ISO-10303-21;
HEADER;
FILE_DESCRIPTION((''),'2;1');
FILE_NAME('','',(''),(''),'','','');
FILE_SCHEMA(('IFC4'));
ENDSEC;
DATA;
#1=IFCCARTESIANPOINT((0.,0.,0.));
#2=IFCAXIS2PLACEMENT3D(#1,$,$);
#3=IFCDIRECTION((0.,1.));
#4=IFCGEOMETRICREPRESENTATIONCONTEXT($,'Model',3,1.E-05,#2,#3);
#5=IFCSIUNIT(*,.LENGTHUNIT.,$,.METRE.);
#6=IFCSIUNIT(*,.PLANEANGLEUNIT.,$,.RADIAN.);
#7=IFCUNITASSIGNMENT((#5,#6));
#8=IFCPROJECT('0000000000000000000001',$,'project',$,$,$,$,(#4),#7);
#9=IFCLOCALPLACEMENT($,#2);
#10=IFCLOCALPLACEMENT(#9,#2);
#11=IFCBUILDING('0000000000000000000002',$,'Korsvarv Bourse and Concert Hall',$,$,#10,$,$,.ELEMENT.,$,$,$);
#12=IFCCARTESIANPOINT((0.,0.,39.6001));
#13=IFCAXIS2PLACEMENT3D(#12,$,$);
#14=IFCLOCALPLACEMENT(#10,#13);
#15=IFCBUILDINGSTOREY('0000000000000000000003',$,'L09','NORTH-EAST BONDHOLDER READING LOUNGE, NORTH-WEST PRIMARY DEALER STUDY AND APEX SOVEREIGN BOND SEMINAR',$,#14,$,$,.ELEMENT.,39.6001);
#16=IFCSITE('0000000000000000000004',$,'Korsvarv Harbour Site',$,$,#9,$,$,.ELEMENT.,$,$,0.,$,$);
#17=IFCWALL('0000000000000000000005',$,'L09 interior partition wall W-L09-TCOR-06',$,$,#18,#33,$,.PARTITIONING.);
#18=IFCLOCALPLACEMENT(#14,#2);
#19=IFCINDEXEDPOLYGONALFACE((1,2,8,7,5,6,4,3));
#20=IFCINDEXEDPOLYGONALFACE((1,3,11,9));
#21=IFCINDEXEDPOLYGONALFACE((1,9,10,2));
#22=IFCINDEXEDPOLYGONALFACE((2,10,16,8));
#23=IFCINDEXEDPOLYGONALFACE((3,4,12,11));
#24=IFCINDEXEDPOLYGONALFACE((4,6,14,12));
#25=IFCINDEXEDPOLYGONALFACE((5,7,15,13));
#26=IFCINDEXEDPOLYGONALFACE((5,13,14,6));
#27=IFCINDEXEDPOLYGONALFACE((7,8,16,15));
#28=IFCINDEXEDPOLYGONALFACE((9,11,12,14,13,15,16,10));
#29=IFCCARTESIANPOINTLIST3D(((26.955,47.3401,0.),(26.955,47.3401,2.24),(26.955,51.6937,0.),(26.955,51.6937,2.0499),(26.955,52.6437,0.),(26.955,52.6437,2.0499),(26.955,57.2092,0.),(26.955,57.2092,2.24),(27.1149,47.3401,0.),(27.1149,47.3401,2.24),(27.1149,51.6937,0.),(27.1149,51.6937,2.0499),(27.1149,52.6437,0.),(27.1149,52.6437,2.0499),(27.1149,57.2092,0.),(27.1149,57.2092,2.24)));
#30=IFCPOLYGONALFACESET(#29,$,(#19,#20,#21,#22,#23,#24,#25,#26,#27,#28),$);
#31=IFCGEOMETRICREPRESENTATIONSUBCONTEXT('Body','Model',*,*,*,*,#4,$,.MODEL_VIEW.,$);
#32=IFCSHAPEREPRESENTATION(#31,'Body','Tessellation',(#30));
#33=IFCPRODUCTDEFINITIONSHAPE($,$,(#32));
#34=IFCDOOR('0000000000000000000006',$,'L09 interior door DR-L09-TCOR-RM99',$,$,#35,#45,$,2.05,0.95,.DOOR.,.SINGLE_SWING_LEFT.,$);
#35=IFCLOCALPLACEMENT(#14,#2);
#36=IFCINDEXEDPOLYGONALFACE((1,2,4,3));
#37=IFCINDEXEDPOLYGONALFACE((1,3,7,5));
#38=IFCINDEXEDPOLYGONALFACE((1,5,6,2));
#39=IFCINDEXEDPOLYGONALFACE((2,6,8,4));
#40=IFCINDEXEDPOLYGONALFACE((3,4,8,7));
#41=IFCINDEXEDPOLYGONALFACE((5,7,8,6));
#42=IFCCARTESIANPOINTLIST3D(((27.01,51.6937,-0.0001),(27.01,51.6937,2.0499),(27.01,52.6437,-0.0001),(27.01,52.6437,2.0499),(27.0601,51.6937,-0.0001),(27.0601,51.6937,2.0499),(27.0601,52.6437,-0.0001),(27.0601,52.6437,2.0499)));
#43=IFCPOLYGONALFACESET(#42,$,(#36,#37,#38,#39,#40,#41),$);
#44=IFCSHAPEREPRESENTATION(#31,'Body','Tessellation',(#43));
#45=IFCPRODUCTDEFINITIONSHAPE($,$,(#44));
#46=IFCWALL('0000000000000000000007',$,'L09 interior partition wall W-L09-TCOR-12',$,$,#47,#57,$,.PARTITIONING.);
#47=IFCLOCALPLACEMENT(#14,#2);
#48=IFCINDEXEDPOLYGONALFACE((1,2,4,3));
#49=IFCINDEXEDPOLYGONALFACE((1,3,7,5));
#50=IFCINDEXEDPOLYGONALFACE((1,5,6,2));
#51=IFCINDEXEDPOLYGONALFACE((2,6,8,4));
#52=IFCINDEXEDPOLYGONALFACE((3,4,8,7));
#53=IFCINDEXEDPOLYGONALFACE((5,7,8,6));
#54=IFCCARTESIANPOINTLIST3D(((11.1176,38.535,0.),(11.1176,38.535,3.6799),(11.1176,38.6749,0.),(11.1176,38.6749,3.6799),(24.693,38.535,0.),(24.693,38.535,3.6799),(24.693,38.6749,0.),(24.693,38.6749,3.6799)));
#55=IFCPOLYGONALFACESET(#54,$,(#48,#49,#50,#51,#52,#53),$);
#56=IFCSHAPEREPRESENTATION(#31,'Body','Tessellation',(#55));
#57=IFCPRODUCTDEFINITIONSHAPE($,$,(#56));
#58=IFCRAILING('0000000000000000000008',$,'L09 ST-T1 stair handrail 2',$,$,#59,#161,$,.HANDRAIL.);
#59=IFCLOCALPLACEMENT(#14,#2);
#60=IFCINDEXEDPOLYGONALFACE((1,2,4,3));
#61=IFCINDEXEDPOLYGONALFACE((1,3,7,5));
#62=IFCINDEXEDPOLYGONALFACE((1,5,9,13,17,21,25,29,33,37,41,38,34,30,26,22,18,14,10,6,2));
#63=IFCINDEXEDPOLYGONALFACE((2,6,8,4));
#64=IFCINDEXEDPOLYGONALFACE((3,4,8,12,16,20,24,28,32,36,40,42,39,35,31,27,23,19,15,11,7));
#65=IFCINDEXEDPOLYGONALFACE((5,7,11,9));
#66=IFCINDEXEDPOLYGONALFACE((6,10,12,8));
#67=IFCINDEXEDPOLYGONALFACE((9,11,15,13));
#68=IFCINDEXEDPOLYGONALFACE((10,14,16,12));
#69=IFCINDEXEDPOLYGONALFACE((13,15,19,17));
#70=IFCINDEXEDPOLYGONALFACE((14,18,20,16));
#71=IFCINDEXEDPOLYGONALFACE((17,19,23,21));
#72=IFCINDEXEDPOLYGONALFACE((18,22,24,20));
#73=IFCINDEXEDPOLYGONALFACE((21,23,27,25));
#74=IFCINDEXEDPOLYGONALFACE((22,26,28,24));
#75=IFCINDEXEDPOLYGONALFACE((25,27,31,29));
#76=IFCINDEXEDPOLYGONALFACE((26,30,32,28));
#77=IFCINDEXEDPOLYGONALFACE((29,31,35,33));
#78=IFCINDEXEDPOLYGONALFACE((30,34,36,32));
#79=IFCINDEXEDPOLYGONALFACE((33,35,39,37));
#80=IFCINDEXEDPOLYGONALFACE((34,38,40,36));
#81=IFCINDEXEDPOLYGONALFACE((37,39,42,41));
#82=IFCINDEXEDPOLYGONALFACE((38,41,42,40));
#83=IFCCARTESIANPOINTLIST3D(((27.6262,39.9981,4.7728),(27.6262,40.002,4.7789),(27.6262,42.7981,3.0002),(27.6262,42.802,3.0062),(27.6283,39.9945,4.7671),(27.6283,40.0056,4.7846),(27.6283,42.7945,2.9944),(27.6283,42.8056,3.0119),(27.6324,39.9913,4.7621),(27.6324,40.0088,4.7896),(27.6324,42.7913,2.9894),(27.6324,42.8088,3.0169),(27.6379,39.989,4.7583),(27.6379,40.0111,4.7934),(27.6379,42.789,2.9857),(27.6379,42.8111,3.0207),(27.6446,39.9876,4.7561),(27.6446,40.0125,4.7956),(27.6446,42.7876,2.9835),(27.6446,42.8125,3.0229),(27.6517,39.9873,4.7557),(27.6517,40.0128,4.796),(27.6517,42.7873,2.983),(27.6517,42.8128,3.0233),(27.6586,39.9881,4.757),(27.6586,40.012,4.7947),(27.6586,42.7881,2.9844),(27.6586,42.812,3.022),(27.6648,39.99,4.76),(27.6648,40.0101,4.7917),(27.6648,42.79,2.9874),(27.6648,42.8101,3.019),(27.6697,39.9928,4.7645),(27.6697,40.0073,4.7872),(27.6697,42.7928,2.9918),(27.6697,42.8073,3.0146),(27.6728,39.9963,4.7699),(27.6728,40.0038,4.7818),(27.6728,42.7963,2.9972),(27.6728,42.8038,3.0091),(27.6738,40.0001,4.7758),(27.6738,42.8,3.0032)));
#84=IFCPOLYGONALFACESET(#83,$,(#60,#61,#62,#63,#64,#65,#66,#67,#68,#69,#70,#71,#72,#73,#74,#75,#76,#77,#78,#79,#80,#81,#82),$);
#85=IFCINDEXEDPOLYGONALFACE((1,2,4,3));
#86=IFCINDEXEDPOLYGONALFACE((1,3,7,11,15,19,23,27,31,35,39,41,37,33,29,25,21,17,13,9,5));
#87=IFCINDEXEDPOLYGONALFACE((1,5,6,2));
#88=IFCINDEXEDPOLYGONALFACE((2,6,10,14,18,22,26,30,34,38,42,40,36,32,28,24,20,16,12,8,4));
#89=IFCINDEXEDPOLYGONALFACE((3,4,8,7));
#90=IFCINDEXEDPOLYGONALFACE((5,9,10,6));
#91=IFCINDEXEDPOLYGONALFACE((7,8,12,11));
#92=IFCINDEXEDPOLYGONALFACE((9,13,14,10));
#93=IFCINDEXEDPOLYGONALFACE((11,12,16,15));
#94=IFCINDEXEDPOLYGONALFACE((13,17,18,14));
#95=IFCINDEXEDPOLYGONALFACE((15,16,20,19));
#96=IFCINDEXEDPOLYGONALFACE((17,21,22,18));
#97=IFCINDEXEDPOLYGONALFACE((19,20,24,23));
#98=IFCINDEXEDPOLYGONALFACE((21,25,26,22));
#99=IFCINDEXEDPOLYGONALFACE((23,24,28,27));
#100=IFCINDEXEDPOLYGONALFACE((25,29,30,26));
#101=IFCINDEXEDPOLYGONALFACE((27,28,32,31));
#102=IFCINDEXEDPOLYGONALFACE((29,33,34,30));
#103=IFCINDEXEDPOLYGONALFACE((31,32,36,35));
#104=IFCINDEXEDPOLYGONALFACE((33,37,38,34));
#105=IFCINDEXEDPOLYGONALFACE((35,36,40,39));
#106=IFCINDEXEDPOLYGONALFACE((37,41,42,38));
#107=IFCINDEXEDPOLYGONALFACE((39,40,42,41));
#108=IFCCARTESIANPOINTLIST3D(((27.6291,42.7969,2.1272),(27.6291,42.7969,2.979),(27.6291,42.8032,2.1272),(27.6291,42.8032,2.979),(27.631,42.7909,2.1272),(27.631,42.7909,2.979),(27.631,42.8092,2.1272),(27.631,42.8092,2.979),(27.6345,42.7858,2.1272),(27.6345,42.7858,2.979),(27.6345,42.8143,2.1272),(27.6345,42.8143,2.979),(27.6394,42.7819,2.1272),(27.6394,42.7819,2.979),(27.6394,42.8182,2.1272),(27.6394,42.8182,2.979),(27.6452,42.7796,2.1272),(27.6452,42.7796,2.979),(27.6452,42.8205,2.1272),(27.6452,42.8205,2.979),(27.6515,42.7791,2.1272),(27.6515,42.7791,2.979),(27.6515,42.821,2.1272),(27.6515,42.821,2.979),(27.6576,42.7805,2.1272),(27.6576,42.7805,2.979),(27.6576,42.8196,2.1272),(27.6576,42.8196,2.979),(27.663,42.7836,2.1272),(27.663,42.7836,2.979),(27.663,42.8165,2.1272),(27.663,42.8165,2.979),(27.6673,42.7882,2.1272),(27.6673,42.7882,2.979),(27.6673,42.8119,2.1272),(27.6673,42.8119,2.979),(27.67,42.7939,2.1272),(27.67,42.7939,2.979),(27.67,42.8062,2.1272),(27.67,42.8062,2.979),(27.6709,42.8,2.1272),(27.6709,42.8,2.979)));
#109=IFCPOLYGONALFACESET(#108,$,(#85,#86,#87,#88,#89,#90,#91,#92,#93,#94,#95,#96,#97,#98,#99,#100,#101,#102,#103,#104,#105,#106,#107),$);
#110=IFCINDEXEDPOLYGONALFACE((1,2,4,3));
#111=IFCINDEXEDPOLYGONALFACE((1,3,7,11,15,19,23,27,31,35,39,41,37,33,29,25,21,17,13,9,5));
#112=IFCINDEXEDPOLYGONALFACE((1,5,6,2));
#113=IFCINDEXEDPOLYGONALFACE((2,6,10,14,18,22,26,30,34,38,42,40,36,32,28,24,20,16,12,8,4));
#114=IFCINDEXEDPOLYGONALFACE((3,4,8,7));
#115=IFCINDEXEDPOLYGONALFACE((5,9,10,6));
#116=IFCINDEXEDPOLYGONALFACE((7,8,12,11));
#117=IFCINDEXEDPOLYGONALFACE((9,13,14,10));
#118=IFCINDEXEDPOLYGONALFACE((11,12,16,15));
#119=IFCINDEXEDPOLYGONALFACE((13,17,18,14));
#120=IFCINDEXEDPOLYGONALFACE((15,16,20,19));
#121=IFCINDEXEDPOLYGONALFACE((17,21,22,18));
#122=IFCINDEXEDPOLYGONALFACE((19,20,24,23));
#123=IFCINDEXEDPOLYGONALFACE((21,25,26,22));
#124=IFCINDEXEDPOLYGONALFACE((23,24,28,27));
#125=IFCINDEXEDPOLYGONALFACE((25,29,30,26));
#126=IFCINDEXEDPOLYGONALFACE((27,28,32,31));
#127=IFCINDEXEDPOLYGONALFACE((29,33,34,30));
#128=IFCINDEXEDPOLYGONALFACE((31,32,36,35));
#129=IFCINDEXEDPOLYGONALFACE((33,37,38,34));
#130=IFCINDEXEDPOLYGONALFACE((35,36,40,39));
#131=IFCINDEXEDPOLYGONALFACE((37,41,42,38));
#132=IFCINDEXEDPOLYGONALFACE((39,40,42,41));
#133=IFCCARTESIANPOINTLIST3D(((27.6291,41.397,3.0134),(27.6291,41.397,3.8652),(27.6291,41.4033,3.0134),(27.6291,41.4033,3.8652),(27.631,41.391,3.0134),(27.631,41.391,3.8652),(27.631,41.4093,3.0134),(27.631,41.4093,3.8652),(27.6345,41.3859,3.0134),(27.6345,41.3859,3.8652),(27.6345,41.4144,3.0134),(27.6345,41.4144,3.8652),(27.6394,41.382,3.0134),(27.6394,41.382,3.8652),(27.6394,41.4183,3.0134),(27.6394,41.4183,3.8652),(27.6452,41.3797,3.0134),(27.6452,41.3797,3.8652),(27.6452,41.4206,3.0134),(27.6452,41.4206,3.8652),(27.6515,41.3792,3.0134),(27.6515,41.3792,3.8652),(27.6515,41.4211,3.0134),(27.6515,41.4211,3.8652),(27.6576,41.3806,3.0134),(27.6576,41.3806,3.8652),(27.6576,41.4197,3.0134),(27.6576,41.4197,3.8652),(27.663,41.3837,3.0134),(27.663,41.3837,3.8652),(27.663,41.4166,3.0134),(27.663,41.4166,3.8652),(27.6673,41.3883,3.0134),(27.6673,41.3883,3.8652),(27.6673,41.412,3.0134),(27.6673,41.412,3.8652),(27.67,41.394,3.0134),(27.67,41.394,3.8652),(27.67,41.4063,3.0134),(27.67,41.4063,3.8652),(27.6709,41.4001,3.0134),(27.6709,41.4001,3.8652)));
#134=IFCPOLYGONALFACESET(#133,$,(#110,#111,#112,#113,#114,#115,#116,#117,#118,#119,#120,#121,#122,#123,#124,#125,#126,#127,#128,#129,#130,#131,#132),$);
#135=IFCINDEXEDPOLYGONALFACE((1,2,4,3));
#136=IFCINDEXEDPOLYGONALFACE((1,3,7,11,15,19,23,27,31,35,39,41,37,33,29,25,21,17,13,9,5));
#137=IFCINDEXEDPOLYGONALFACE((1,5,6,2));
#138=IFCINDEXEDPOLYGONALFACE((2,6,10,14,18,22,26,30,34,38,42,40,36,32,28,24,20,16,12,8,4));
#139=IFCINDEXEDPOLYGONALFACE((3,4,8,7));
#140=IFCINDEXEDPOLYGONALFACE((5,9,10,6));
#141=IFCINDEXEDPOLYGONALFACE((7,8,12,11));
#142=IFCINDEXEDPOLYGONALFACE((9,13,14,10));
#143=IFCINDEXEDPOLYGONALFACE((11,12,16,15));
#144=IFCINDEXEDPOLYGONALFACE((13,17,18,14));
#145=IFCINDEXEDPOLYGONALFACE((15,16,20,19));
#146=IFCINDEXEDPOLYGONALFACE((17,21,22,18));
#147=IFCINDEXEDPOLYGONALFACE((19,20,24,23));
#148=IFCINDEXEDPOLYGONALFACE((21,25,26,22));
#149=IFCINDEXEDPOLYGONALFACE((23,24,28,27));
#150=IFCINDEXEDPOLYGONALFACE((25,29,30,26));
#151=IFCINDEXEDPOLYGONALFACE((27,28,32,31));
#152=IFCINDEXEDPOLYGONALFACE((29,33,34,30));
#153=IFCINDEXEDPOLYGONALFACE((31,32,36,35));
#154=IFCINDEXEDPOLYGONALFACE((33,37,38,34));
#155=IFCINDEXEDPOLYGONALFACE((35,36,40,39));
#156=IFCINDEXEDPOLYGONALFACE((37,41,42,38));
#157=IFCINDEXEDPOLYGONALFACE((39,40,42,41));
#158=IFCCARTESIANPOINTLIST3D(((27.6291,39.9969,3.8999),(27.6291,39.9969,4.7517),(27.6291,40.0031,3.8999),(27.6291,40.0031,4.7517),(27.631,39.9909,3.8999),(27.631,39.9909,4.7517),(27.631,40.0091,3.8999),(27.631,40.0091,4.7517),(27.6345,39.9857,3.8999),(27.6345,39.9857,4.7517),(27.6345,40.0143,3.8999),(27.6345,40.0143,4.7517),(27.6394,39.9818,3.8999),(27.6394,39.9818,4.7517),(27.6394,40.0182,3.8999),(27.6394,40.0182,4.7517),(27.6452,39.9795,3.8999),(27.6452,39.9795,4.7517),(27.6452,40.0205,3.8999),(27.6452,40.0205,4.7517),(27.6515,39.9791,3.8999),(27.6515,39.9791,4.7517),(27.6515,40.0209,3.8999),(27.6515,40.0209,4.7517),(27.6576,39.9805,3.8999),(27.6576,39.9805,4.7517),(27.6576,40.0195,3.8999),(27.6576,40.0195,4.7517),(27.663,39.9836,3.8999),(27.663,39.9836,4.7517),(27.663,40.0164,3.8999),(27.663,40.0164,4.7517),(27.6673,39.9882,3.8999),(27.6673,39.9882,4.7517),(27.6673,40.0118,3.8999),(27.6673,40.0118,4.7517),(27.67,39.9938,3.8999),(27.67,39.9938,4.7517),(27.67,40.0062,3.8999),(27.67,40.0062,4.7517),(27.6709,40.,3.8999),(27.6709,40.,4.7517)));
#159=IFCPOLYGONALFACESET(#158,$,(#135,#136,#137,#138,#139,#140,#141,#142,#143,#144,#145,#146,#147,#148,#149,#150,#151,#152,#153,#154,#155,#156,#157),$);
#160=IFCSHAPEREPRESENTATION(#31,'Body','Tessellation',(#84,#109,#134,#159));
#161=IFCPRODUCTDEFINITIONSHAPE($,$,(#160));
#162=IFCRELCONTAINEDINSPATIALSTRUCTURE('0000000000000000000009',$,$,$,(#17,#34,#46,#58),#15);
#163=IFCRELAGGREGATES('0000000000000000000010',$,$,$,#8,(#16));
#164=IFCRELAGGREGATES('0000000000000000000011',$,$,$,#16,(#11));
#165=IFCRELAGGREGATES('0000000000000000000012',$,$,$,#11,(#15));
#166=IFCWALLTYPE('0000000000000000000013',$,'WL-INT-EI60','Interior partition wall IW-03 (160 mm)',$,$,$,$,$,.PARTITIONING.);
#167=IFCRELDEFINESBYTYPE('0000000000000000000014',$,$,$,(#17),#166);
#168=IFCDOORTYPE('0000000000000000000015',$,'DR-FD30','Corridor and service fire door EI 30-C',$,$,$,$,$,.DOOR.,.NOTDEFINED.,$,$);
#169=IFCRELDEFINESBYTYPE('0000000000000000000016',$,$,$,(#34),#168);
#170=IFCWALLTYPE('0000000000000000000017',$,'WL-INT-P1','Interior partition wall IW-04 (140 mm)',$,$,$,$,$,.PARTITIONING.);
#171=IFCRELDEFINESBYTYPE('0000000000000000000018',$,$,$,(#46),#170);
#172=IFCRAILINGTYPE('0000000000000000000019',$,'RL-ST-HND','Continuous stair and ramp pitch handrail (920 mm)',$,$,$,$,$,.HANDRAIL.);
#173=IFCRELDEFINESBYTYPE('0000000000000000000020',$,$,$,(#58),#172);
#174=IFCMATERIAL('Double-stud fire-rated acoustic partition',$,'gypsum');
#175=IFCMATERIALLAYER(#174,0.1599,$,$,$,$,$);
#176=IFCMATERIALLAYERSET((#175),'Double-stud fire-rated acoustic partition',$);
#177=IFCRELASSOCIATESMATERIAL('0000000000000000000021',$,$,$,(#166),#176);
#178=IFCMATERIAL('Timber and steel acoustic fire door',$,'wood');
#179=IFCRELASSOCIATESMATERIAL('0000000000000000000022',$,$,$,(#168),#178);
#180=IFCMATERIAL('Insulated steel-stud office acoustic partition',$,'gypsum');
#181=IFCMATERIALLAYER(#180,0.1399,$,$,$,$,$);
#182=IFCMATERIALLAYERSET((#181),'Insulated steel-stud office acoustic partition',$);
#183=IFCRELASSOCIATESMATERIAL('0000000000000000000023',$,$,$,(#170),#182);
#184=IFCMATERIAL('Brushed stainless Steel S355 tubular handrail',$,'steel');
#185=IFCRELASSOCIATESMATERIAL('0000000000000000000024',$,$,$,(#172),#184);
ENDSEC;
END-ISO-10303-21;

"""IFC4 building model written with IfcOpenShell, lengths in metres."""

from ifc_helpers import new_model, si_unit, direction, frame, frame_2d, origin, origin_2d, place, context, subcontext, project, spatial, rectangle, circle, extrude, material, layer, layer_set, type_object, element, fill, save


model = new_model("IFC4")

# Units and contexts
model_context = context("Model", 3, precision=1e-05, world=origin(), true_north=direction((0.0, 1.0)))
body_context = subcontext(model_context, "Body", "Model", "MODEL_VIEW")
ifc_project = project(units=[si_unit("LENGTHUNIT", "METRE"), si_unit("PLANEANGLEUNIT", "RADIAN")], contexts=[model_context])

# Site, building, storey
site_placement = place(None, origin())
site = spatial("IfcSite", under=ifc_project, at=site_placement, Name="Korsvarv Harbour Site", CompositionType="ELEMENT", RefElevation=0.0)
building_placement = place(site_placement, origin())
building = spatial("IfcBuilding", under=site, at=building_placement, Name="Korsvarv Bourse and Concert Hall", CompositionType="ELEMENT")
storey_placement = place(building_placement, frame((0.0, 0.0, 39.6001)))
storey = spatial("IfcBuildingStorey", under=building, at=storey_placement, Name="L09", Description="NORTH-EAST BONDHOLDER READING LOUNGE, NORTH-WEST PRIMARY DEALER STUDY AND APEX SOVEREIGN BOND SEMINAR", CompositionType="ELEMENT", Elevation=39.6001)

# Wall, opening, door
ifc_material_1 = material(Name="Double-stud fire-rated acoustic partition", Category="gypsum")
ifc_layer_1 = layer(ifc_material_1, 0.1599)
ifc_layer_set_1 = layer_set([ifc_layer_1], Name="Double-stud fire-rated acoustic partition")
wall_type_1 = type_object("IfcWallType", Name="WL-INT-EI60", Description="Interior partition wall IW-03 (160 mm)", PredefinedType="PARTITIONING", material=ifc_layer_set_1)
wall_1_placement = place(storey_placement, frame((27.0349, 47.3401, 0.0), z_axis=(0.0, 0.0, 1.0), x_axis=(0.0, 1.0, 0.0)))
wall_1 = element("IfcWall", 1, at=wall_1_placement, inside=storey, type_object=wall_type_1, Name="L09 interior partition wall W-L09-TCOR-06", PredefinedType="PARTITIONING", context=body_context, shape_type="SweptSolid", body=[
    extrude(rectangle(XDim=9.8691, YDim=0.1599, at=frame_2d((4.9346, 0.0))), origin(), (0.0, 0.0, 1.0), 2.24),
])
opening_1_placement = place(wall_1_placement, frame((4.3535, 0.0, 0.0)))
opening_1 = element("IfcOpeningElement", 2, at=opening_1_placement, cuts=wall_1, PredefinedType="OPENING", context=body_context, shape_type="SweptSolid", body=[
    extrude(rectangle(XDim=0.95, YDim=2.05, at=frame_2d((0.4751, 1.0249))), frame((0.0, 0.0898, 0.0), z_axis=(0.0, -1.0, 0.0), x_axis=(1.0, 0.0, 0.0)), (0.0, 0.0, 1.0), 0.1799),
])
ifc_material_2 = material(Name="Timber and steel acoustic fire door", Category="wood")
door_type_1 = type_object("IfcDoorType", Name="DR-FD30", Description="Corridor and service fire door EI 30-C", OperationType="NOTDEFINED", PredefinedType="DOOR", material=ifc_material_2)
door_1_placement = place(opening_1_placement, origin())
door_1 = element("IfcDoor", 3, at=door_1_placement, inside=storey, type_object=door_type_1, Name="L09 interior door DR-L09-TCOR-RM99", OperationType="SINGLE_SWING_LEFT", OverallHeight=2.05, OverallWidth=0.95, PredefinedType="DOOR", context=body_context, shape_type="SweptSolid", body=[
    extrude(rectangle(XDim=0.95, YDim=2.05, at=frame_2d((0.4751, 1.0249))), frame((0.0, 0.0249, 0.0), z_axis=(0.0, -1.0, 0.0), x_axis=(1.0, 0.0, 0.0)), (0.0, 0.0, 1.0), 0.05),
])
fill(opening_1, door_1)

# Wall
ifc_material_3 = material(Name="Insulated steel-stud office acoustic partition", Category="gypsum")
ifc_layer_2 = layer(ifc_material_3, 0.1399)
ifc_layer_set_2 = layer_set([ifc_layer_2], Name="Insulated steel-stud office acoustic partition")
wall_type_2 = type_object("IfcWallType", Name="WL-INT-P1", Description="Interior partition wall IW-04 (140 mm)", PredefinedType="PARTITIONING", material=ifc_layer_set_2)
wall_2_placement = place(storey_placement, frame((11.1177, 38.605, 0.0), z_axis=(0.0, 0.0, 1.0), x_axis=(1.0, 0.0, 0.0)))
element("IfcWall", 4, at=wall_2_placement, inside=storey, type_object=wall_type_2, Name="L09 interior partition wall W-L09-TCOR-12", PredefinedType="PARTITIONING", context=body_context, shape_type="SweptSolid", body=[
    extrude(rectangle(XDim=13.5754, YDim=0.1399, at=frame_2d((6.7876, 0.0))), origin(), (0.0, 0.0, 1.0), 3.6799),
])

# Railing
ifc_material_4 = material(Name="Brushed stainless Steel S355 tubular handrail", Category="steel")
railing_type = type_object("IfcRailingType", Name="RL-ST-HND", Description="Continuous stair and ramp pitch handrail (920 mm)", PredefinedType="HANDRAIL", material=ifc_material_4)
railing_placement = place(storey_placement, frame((27.6499, 42.8, 2.1272)))
element("IfcRailing", 5, at=railing_placement, inside=storey, type_object=railing_type, Name="L09 ST-T1 stair handrail 2", PredefinedType="HANDRAIL", context=body_context, shape_type="SweptSolid", body=[
    extrude(circle(Radius=0.0239, at=origin_2d()), frame((0.0, 0.0, 0.876), z_axis=(0.0, -0.844909, 0.53491), x_axis=(1.0, 0.0, 0.0)), (0.0, 0.0, 1.0), 3.314),
    extrude(circle(Radius=0.021, at=origin_2d()), origin(), (0.0, 0.0, 1.0), 0.8518),
    extrude(circle(Radius=0.021, at=origin_2d()), frame((0.0, -1.3999, 0.8862)), (0.0, 0.0, 1.0), 0.8518),
    extrude(circle(Radius=0.021, at=origin_2d()), frame((0.0, -2.8, 1.7727)), (0.0, 0.0, 1.0), 0.8518),
])

save(model, "model.ifc")
